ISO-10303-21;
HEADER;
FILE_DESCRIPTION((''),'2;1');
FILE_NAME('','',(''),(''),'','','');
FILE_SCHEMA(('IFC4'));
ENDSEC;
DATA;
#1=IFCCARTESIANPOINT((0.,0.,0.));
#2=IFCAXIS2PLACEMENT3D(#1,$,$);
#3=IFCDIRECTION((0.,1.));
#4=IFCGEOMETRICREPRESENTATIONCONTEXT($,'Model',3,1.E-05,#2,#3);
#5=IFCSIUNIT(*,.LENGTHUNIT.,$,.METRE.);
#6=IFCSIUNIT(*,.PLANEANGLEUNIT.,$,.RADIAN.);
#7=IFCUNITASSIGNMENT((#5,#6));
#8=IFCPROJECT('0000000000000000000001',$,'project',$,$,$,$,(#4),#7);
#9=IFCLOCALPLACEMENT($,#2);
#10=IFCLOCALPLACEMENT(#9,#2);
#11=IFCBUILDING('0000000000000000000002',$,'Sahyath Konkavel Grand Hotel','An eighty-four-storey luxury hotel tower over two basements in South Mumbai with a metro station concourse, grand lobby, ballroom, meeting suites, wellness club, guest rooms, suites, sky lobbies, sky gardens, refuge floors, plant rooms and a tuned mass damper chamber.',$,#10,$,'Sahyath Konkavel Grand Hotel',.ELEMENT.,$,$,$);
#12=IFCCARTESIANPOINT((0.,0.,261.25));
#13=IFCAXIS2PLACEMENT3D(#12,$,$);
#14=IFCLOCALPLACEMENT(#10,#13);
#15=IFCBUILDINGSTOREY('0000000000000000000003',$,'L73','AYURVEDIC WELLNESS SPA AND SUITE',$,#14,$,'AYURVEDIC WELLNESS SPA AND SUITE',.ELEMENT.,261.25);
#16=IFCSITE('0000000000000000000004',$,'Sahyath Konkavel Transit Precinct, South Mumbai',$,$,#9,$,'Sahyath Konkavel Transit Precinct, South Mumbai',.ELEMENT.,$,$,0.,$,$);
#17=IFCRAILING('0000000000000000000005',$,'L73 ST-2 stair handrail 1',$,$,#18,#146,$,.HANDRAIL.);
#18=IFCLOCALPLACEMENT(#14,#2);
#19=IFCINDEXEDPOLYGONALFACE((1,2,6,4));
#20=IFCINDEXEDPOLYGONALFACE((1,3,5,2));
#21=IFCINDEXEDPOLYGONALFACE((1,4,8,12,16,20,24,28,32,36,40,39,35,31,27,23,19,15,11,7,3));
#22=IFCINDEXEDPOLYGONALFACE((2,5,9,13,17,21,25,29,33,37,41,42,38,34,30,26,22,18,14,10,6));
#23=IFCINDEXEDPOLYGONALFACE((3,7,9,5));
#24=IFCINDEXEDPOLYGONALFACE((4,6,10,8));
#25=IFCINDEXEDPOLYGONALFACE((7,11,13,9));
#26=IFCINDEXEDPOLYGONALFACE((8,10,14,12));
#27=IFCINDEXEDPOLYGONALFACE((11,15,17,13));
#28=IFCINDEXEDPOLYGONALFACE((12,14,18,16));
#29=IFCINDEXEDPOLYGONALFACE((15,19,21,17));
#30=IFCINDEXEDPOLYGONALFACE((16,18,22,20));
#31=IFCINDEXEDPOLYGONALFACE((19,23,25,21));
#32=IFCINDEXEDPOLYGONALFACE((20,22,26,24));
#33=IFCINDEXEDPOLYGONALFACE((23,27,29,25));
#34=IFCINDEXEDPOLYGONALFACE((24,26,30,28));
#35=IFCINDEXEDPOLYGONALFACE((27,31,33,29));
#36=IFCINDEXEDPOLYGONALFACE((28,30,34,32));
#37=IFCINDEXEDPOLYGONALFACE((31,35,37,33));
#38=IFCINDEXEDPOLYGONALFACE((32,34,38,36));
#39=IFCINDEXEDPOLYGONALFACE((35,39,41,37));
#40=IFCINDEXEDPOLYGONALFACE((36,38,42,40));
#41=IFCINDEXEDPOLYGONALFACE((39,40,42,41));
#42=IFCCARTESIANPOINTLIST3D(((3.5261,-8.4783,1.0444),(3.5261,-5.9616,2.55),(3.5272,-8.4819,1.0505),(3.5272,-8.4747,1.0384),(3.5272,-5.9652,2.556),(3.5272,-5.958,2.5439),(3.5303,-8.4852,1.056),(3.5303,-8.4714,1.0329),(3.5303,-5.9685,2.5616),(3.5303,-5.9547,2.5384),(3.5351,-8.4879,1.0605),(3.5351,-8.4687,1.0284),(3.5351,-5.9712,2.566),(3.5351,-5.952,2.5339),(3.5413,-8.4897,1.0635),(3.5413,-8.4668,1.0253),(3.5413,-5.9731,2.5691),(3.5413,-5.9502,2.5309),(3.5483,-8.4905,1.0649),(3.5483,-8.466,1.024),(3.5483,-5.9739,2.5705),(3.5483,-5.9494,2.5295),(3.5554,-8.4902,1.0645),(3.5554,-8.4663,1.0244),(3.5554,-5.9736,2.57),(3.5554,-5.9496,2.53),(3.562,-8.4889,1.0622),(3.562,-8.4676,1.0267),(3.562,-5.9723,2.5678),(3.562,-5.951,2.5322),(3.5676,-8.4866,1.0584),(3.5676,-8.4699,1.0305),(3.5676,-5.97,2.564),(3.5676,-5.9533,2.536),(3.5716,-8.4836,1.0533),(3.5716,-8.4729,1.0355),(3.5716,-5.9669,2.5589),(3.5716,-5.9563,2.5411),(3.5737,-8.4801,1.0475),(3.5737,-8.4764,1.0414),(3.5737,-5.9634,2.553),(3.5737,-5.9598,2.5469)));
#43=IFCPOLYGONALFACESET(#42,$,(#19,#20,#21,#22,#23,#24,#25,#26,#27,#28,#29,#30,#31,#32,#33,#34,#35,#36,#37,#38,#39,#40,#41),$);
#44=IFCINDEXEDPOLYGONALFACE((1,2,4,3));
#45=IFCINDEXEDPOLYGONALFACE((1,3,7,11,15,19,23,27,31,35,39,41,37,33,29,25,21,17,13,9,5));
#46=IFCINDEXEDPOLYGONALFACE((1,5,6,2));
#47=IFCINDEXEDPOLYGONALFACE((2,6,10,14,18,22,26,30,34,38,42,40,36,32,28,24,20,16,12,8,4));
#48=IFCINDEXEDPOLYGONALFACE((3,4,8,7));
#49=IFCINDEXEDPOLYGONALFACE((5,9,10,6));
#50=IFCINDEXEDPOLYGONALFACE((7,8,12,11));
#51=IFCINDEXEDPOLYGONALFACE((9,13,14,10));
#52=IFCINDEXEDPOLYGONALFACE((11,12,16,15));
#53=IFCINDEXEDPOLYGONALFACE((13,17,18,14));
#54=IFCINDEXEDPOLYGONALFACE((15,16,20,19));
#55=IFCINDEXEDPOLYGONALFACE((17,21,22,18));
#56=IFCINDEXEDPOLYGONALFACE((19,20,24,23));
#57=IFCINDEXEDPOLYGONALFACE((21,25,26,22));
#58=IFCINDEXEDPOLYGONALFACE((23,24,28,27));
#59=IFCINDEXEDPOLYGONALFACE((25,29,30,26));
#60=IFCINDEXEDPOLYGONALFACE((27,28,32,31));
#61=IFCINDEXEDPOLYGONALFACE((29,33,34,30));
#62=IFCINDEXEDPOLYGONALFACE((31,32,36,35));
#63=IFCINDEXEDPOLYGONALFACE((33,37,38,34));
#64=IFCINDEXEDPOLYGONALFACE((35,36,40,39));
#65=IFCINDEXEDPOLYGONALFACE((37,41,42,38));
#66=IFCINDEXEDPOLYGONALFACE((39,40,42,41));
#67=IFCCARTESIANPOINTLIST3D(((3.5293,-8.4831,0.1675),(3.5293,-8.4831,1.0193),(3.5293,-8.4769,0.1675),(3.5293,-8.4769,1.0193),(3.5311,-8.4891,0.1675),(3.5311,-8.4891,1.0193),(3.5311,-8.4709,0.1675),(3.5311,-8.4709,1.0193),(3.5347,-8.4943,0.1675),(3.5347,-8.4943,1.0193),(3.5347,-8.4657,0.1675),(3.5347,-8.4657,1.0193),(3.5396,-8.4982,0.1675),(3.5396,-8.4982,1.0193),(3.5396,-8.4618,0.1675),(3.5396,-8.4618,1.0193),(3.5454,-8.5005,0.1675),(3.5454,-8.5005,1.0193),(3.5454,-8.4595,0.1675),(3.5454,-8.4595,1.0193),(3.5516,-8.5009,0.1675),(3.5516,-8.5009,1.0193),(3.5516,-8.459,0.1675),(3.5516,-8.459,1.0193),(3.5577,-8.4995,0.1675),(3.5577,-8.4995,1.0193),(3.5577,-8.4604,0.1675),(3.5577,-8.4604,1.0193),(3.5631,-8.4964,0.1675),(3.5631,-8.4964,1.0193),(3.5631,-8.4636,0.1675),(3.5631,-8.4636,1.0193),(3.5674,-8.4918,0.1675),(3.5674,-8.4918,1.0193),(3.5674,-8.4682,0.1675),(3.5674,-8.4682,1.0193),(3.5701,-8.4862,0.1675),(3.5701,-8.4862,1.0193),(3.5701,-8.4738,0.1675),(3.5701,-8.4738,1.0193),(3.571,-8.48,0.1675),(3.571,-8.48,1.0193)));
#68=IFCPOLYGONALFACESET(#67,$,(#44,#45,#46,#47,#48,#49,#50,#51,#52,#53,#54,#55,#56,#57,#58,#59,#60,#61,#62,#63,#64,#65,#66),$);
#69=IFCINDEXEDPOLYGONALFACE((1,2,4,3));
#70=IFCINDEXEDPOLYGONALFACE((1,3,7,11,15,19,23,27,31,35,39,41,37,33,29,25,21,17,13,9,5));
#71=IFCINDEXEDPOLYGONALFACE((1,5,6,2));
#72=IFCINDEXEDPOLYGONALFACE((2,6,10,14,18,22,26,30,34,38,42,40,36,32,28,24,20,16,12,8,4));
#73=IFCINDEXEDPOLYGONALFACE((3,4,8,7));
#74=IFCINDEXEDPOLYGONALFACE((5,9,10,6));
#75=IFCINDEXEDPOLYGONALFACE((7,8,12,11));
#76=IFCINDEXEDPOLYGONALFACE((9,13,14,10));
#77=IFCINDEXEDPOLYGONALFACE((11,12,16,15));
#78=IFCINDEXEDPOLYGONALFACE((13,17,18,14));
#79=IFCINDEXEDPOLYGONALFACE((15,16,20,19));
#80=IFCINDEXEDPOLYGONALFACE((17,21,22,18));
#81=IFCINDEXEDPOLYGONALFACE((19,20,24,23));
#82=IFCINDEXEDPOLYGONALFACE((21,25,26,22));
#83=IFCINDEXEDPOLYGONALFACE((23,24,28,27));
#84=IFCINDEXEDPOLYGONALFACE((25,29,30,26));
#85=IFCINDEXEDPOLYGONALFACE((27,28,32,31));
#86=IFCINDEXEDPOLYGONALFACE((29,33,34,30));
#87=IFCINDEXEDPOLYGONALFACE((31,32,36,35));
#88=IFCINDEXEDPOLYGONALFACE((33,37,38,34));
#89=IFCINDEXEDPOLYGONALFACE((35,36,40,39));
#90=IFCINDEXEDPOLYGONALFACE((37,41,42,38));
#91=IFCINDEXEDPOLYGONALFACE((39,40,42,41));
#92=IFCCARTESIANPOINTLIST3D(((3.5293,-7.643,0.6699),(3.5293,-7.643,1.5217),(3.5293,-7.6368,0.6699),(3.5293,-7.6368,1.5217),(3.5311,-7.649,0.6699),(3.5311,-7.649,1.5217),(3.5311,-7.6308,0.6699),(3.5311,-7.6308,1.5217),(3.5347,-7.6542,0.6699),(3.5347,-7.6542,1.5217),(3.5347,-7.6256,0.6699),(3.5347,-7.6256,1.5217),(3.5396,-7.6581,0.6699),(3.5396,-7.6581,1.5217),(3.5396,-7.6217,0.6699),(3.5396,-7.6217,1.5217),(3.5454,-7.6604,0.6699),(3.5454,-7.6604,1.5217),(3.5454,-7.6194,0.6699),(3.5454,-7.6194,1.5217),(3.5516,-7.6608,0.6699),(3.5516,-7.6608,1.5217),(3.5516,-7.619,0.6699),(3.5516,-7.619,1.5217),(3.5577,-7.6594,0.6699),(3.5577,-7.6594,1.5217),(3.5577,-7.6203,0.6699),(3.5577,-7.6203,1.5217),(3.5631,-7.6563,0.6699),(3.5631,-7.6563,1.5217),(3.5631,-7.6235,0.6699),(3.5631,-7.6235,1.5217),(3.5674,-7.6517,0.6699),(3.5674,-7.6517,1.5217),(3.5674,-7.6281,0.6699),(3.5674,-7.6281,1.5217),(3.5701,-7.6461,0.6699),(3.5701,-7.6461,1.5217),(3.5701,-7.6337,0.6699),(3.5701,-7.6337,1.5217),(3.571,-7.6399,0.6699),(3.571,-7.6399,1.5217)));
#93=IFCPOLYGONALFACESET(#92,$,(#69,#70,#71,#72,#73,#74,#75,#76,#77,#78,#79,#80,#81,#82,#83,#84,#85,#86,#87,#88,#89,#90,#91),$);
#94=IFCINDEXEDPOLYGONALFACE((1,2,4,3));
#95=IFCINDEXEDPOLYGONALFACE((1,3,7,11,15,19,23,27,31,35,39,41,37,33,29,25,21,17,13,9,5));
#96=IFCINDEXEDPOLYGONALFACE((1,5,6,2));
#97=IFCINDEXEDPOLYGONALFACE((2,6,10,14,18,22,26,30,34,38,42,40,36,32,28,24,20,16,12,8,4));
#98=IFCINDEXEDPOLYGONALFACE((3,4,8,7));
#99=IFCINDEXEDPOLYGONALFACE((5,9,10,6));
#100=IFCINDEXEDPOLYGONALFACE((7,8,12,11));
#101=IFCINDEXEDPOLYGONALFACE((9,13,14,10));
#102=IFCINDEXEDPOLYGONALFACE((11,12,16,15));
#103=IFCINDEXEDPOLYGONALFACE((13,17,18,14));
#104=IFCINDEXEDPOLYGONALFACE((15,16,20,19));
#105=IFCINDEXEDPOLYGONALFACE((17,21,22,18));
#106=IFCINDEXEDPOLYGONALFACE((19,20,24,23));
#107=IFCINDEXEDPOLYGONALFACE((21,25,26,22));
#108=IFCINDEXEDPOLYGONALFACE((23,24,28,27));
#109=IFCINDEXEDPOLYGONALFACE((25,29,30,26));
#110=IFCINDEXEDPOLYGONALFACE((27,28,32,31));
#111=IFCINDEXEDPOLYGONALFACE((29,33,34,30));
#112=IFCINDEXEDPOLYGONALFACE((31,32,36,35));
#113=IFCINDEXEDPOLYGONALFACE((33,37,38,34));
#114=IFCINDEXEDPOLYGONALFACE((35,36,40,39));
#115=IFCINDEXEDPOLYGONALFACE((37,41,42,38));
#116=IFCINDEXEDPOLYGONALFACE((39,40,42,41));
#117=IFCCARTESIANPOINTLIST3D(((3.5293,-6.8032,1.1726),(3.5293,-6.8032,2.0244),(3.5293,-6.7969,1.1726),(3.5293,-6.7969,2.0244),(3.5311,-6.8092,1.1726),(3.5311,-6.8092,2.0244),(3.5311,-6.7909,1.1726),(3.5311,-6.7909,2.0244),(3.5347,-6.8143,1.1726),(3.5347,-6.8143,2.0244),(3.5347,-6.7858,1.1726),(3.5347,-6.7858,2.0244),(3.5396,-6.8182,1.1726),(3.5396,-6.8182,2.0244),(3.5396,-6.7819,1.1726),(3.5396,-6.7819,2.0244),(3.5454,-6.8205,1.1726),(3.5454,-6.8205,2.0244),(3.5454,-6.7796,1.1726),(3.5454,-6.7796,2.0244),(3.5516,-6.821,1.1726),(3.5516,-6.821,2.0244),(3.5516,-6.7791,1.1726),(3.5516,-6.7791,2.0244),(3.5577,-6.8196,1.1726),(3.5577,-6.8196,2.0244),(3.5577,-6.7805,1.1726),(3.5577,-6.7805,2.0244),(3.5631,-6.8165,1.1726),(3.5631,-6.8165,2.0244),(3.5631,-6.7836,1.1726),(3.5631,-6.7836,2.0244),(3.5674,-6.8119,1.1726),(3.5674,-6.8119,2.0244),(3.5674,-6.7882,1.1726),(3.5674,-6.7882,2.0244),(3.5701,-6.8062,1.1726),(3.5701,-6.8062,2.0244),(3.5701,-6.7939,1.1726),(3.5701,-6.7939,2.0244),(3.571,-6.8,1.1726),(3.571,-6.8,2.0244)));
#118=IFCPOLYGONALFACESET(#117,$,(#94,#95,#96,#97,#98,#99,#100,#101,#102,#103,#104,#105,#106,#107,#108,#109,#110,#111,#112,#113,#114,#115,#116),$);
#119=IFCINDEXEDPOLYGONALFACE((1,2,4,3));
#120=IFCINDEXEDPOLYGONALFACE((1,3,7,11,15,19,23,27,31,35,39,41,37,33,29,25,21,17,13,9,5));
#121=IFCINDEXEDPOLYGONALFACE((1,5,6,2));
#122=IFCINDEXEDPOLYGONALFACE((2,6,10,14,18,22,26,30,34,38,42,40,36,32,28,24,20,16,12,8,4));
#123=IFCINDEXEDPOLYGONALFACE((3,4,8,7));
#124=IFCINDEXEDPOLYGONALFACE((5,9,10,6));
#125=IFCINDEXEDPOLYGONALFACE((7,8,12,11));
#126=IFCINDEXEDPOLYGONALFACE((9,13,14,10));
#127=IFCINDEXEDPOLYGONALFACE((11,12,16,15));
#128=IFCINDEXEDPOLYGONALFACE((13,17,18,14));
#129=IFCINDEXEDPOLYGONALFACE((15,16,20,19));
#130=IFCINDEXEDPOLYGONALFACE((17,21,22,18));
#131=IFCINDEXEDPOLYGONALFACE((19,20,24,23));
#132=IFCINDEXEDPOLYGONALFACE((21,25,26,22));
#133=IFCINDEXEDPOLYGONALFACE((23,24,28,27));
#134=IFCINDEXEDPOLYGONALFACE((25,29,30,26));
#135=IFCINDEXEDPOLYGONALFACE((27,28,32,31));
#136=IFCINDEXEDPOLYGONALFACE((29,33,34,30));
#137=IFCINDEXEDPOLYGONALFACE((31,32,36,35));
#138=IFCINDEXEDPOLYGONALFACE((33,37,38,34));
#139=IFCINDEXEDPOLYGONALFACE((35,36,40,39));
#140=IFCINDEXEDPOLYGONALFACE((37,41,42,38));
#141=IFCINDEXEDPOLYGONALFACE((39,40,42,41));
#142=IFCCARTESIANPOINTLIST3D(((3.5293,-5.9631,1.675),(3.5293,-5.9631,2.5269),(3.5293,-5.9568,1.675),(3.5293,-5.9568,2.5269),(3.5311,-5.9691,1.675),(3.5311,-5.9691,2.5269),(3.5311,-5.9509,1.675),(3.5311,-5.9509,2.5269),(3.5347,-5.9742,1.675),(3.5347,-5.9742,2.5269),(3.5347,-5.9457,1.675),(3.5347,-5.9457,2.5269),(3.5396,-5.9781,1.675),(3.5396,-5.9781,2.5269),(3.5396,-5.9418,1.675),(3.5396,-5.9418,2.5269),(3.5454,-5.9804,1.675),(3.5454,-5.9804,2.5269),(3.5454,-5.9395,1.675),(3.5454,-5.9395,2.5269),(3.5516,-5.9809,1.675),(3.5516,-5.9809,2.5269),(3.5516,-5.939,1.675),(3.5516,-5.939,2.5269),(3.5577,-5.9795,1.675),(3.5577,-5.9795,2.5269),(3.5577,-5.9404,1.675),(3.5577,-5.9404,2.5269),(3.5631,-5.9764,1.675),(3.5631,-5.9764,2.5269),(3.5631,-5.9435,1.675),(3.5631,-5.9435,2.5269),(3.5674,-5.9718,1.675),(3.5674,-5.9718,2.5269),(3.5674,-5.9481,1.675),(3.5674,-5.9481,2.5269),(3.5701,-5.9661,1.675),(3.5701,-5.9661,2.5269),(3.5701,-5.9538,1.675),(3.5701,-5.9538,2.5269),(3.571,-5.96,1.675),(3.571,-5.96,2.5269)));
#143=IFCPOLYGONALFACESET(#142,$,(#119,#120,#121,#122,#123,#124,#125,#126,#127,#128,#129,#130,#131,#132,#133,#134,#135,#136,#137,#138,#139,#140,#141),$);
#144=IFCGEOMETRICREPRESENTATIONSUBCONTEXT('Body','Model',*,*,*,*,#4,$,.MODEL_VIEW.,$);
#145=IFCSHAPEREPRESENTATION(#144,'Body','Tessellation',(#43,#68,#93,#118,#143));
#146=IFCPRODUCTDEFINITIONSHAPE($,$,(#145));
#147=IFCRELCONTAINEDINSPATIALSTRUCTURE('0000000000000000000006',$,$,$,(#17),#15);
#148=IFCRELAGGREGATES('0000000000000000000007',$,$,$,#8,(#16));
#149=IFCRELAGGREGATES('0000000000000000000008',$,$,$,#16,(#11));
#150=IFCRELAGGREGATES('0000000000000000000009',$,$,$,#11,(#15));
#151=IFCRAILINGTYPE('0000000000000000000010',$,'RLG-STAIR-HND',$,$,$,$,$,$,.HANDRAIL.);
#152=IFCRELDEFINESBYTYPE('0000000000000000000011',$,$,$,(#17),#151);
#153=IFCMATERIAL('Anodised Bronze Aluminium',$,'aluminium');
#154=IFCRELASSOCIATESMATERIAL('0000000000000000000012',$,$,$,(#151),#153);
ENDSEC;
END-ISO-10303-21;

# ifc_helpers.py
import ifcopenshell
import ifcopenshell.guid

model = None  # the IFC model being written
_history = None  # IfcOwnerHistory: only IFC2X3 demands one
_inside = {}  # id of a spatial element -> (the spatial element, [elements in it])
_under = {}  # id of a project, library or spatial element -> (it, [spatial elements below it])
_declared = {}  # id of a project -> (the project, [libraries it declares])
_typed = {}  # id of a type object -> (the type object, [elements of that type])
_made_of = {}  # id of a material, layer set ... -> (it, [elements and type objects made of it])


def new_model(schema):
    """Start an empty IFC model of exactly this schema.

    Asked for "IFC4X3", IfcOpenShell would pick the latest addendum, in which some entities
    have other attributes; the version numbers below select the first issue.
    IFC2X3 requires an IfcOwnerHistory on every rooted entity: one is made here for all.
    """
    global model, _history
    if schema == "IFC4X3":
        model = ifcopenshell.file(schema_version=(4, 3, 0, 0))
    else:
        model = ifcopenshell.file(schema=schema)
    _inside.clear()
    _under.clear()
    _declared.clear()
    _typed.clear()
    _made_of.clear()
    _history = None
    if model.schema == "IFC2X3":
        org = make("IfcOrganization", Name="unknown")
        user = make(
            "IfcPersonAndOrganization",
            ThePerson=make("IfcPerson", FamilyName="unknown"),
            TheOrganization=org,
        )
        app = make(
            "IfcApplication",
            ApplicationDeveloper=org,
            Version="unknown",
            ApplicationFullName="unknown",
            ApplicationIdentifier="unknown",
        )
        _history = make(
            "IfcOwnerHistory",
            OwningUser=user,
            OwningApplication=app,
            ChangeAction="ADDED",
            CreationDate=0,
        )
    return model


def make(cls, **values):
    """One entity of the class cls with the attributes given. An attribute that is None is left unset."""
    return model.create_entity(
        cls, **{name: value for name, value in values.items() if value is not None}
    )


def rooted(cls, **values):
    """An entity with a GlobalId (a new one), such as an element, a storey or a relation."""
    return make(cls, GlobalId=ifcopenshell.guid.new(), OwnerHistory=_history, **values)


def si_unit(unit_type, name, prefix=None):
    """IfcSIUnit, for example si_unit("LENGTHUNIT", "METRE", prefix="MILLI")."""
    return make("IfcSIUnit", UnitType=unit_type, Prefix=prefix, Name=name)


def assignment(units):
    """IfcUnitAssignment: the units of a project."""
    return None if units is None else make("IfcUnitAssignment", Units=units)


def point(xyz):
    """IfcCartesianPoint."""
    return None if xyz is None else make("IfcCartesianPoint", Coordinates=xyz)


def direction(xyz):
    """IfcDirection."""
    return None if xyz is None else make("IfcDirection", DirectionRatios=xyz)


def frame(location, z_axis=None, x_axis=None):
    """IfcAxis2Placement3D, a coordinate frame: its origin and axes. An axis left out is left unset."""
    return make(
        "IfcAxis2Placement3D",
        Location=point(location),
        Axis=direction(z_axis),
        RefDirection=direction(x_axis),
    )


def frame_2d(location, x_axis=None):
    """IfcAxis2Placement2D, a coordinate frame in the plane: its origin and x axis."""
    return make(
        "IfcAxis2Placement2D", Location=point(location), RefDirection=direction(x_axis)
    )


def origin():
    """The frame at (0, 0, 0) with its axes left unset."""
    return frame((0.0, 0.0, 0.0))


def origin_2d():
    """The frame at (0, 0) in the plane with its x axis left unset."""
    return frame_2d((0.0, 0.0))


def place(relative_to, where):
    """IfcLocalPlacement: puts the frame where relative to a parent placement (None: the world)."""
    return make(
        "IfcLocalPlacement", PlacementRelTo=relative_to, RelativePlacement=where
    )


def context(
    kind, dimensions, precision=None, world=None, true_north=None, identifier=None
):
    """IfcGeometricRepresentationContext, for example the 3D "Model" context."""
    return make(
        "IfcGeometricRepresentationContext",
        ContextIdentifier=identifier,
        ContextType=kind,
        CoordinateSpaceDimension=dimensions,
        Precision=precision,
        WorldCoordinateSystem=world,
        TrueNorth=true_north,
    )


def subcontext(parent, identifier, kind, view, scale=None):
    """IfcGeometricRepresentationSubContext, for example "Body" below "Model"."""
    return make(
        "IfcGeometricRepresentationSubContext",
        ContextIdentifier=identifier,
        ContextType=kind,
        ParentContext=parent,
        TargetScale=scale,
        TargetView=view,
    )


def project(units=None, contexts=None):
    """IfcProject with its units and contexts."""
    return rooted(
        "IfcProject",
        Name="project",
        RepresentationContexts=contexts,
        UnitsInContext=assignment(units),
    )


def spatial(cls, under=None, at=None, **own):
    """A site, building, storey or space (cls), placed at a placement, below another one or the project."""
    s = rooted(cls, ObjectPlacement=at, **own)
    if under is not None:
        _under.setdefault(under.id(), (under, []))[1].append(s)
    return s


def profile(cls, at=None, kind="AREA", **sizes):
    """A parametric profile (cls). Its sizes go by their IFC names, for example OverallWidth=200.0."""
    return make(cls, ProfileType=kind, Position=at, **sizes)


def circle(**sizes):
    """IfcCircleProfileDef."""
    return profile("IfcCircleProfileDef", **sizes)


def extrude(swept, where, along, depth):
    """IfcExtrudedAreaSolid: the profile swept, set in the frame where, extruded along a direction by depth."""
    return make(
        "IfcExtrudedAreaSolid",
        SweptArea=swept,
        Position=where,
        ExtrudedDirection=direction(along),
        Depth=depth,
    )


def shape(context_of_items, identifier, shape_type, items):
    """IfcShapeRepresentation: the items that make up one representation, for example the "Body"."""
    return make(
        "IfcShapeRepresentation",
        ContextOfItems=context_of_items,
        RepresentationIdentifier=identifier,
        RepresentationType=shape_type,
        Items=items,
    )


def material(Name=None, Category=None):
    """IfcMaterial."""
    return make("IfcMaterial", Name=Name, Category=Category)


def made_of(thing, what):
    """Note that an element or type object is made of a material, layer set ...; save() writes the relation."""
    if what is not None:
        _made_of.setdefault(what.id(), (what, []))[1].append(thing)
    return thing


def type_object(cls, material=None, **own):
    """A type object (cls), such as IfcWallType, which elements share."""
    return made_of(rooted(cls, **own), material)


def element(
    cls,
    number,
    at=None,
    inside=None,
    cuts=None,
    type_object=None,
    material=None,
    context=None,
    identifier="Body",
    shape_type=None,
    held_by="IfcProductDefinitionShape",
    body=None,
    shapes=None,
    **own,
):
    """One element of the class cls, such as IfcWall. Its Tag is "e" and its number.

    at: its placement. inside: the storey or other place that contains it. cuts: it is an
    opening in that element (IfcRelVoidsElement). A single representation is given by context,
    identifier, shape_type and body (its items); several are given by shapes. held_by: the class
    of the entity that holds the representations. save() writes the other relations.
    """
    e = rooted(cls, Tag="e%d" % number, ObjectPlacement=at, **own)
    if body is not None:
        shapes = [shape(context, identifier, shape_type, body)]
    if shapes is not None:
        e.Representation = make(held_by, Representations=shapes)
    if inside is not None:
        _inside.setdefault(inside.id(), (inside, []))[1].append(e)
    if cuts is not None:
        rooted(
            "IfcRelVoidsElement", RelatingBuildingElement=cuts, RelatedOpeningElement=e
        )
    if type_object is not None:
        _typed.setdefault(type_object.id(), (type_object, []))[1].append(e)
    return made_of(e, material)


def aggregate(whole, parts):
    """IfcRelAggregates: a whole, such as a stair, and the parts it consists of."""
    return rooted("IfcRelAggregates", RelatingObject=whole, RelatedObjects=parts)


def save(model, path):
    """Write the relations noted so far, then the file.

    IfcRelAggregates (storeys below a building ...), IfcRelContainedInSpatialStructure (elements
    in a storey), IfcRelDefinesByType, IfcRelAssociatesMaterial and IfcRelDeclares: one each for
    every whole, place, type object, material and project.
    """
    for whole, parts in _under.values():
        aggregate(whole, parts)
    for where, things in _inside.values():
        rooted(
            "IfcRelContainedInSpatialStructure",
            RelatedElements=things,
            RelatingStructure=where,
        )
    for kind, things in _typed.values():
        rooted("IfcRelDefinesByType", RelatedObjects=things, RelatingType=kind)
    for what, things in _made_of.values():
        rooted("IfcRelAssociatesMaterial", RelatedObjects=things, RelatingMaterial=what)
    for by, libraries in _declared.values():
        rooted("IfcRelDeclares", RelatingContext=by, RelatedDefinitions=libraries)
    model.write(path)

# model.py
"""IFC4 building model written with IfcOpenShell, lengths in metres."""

from ifc_helpers import new_model, si_unit, direction, frame, origin, origin_2d, place, context, subcontext, project, spatial, circle, extrude, material, type_object, element, save


model = new_model("IFC4")

# Units and contexts
model_context = context("Model", 3, precision=1e-05, world=origin(), true_north=direction((0.0, 1.0)))
body_context = subcontext(model_context, "Body", "Model", "MODEL_VIEW")
ifc_project = project(units=[si_unit("LENGTHUNIT", "METRE"), si_unit("PLANEANGLEUNIT", "RADIAN")], contexts=[model_context])

# Site, building, storey
site_placement = place(None, origin())
site = spatial("IfcSite", under=ifc_project, at=site_placement, Name="Sahyath Konkavel Transit Precinct, South Mumbai", LongName="Sahyath Konkavel Transit Precinct, South Mumbai", CompositionType="ELEMENT", RefElevation=0.0)
building_placement = place(site_placement, origin())
building = spatial("IfcBuilding", under=site, at=building_placement, Name="Sahyath Konkavel Grand Hotel", Description="An eighty-four-storey luxury hotel tower over two basements in South Mumbai with a metro station concourse, grand lobby, ballroom, meeting suites, wellness club, guest rooms, suites, sky lobbies, sky gardens, refuge floors, plant rooms and a tuned mass damper chamber.", LongName="Sahyath Konkavel Grand Hotel", CompositionType="ELEMENT")
storey_placement = place(building_placement, frame((0.0, 0.0, 261.25)))
storey = spatial("IfcBuildingStorey", under=building, at=storey_placement, Name="L73", Description="AYURVEDIC WELLNESS SPA AND SUITE", LongName="AYURVEDIC WELLNESS SPA AND SUITE", CompositionType="ELEMENT", Elevation=261.25)

# Shared definitions
ifc_material_1 = material(Name="Anodised Bronze Aluminium", Category="aluminium")

# Railing
railing_type_1 = type_object("IfcRailingType", Name="RLG-STAIR-HND", PredefinedType="HANDRAIL", material=ifc_material_1)
railing_1_placement = place(storey_placement, frame((3.55, -8.48, 0.1675)))
element("IfcRailing", 1, at=railing_1_placement, inside=storey, type_object=railing_type_1, Name="L73 ST-2 stair handrail 1", PredefinedType="HANDRAIL", context=body_context, shape_type="SweptSolid", body=[
    extrude(circle(Radius=0.0239, at=origin_2d()), frame((0.0, 0.0017, 0.877), z_axis=(0.0, 0.85816, 0.513383), x_axis=(-1.0, 0.0, 0.0)), (0.0, 0.0, 1.0), 2.9326),
    extrude(circle(Radius=0.021, at=origin_2d()), origin(), (0.0, 0.0, 1.0), 0.8518),
    extrude(circle(Radius=0.021, at=origin_2d()), frame((0.0, 0.8401, 0.5024)), (0.0, 0.0, 1.0), 0.8518),
    extrude(circle(Radius=0.021, at=origin_2d()), frame((0.0, 1.6799, 1.0051)), (0.0, 0.0, 1.0), 0.8518),
    extrude(circle(Radius=0.021, at=origin_2d()), frame((0.0, 2.52, 1.5076)), (0.0, 0.0, 1.0), 0.8518),
])

save(model, "model.ifc")
